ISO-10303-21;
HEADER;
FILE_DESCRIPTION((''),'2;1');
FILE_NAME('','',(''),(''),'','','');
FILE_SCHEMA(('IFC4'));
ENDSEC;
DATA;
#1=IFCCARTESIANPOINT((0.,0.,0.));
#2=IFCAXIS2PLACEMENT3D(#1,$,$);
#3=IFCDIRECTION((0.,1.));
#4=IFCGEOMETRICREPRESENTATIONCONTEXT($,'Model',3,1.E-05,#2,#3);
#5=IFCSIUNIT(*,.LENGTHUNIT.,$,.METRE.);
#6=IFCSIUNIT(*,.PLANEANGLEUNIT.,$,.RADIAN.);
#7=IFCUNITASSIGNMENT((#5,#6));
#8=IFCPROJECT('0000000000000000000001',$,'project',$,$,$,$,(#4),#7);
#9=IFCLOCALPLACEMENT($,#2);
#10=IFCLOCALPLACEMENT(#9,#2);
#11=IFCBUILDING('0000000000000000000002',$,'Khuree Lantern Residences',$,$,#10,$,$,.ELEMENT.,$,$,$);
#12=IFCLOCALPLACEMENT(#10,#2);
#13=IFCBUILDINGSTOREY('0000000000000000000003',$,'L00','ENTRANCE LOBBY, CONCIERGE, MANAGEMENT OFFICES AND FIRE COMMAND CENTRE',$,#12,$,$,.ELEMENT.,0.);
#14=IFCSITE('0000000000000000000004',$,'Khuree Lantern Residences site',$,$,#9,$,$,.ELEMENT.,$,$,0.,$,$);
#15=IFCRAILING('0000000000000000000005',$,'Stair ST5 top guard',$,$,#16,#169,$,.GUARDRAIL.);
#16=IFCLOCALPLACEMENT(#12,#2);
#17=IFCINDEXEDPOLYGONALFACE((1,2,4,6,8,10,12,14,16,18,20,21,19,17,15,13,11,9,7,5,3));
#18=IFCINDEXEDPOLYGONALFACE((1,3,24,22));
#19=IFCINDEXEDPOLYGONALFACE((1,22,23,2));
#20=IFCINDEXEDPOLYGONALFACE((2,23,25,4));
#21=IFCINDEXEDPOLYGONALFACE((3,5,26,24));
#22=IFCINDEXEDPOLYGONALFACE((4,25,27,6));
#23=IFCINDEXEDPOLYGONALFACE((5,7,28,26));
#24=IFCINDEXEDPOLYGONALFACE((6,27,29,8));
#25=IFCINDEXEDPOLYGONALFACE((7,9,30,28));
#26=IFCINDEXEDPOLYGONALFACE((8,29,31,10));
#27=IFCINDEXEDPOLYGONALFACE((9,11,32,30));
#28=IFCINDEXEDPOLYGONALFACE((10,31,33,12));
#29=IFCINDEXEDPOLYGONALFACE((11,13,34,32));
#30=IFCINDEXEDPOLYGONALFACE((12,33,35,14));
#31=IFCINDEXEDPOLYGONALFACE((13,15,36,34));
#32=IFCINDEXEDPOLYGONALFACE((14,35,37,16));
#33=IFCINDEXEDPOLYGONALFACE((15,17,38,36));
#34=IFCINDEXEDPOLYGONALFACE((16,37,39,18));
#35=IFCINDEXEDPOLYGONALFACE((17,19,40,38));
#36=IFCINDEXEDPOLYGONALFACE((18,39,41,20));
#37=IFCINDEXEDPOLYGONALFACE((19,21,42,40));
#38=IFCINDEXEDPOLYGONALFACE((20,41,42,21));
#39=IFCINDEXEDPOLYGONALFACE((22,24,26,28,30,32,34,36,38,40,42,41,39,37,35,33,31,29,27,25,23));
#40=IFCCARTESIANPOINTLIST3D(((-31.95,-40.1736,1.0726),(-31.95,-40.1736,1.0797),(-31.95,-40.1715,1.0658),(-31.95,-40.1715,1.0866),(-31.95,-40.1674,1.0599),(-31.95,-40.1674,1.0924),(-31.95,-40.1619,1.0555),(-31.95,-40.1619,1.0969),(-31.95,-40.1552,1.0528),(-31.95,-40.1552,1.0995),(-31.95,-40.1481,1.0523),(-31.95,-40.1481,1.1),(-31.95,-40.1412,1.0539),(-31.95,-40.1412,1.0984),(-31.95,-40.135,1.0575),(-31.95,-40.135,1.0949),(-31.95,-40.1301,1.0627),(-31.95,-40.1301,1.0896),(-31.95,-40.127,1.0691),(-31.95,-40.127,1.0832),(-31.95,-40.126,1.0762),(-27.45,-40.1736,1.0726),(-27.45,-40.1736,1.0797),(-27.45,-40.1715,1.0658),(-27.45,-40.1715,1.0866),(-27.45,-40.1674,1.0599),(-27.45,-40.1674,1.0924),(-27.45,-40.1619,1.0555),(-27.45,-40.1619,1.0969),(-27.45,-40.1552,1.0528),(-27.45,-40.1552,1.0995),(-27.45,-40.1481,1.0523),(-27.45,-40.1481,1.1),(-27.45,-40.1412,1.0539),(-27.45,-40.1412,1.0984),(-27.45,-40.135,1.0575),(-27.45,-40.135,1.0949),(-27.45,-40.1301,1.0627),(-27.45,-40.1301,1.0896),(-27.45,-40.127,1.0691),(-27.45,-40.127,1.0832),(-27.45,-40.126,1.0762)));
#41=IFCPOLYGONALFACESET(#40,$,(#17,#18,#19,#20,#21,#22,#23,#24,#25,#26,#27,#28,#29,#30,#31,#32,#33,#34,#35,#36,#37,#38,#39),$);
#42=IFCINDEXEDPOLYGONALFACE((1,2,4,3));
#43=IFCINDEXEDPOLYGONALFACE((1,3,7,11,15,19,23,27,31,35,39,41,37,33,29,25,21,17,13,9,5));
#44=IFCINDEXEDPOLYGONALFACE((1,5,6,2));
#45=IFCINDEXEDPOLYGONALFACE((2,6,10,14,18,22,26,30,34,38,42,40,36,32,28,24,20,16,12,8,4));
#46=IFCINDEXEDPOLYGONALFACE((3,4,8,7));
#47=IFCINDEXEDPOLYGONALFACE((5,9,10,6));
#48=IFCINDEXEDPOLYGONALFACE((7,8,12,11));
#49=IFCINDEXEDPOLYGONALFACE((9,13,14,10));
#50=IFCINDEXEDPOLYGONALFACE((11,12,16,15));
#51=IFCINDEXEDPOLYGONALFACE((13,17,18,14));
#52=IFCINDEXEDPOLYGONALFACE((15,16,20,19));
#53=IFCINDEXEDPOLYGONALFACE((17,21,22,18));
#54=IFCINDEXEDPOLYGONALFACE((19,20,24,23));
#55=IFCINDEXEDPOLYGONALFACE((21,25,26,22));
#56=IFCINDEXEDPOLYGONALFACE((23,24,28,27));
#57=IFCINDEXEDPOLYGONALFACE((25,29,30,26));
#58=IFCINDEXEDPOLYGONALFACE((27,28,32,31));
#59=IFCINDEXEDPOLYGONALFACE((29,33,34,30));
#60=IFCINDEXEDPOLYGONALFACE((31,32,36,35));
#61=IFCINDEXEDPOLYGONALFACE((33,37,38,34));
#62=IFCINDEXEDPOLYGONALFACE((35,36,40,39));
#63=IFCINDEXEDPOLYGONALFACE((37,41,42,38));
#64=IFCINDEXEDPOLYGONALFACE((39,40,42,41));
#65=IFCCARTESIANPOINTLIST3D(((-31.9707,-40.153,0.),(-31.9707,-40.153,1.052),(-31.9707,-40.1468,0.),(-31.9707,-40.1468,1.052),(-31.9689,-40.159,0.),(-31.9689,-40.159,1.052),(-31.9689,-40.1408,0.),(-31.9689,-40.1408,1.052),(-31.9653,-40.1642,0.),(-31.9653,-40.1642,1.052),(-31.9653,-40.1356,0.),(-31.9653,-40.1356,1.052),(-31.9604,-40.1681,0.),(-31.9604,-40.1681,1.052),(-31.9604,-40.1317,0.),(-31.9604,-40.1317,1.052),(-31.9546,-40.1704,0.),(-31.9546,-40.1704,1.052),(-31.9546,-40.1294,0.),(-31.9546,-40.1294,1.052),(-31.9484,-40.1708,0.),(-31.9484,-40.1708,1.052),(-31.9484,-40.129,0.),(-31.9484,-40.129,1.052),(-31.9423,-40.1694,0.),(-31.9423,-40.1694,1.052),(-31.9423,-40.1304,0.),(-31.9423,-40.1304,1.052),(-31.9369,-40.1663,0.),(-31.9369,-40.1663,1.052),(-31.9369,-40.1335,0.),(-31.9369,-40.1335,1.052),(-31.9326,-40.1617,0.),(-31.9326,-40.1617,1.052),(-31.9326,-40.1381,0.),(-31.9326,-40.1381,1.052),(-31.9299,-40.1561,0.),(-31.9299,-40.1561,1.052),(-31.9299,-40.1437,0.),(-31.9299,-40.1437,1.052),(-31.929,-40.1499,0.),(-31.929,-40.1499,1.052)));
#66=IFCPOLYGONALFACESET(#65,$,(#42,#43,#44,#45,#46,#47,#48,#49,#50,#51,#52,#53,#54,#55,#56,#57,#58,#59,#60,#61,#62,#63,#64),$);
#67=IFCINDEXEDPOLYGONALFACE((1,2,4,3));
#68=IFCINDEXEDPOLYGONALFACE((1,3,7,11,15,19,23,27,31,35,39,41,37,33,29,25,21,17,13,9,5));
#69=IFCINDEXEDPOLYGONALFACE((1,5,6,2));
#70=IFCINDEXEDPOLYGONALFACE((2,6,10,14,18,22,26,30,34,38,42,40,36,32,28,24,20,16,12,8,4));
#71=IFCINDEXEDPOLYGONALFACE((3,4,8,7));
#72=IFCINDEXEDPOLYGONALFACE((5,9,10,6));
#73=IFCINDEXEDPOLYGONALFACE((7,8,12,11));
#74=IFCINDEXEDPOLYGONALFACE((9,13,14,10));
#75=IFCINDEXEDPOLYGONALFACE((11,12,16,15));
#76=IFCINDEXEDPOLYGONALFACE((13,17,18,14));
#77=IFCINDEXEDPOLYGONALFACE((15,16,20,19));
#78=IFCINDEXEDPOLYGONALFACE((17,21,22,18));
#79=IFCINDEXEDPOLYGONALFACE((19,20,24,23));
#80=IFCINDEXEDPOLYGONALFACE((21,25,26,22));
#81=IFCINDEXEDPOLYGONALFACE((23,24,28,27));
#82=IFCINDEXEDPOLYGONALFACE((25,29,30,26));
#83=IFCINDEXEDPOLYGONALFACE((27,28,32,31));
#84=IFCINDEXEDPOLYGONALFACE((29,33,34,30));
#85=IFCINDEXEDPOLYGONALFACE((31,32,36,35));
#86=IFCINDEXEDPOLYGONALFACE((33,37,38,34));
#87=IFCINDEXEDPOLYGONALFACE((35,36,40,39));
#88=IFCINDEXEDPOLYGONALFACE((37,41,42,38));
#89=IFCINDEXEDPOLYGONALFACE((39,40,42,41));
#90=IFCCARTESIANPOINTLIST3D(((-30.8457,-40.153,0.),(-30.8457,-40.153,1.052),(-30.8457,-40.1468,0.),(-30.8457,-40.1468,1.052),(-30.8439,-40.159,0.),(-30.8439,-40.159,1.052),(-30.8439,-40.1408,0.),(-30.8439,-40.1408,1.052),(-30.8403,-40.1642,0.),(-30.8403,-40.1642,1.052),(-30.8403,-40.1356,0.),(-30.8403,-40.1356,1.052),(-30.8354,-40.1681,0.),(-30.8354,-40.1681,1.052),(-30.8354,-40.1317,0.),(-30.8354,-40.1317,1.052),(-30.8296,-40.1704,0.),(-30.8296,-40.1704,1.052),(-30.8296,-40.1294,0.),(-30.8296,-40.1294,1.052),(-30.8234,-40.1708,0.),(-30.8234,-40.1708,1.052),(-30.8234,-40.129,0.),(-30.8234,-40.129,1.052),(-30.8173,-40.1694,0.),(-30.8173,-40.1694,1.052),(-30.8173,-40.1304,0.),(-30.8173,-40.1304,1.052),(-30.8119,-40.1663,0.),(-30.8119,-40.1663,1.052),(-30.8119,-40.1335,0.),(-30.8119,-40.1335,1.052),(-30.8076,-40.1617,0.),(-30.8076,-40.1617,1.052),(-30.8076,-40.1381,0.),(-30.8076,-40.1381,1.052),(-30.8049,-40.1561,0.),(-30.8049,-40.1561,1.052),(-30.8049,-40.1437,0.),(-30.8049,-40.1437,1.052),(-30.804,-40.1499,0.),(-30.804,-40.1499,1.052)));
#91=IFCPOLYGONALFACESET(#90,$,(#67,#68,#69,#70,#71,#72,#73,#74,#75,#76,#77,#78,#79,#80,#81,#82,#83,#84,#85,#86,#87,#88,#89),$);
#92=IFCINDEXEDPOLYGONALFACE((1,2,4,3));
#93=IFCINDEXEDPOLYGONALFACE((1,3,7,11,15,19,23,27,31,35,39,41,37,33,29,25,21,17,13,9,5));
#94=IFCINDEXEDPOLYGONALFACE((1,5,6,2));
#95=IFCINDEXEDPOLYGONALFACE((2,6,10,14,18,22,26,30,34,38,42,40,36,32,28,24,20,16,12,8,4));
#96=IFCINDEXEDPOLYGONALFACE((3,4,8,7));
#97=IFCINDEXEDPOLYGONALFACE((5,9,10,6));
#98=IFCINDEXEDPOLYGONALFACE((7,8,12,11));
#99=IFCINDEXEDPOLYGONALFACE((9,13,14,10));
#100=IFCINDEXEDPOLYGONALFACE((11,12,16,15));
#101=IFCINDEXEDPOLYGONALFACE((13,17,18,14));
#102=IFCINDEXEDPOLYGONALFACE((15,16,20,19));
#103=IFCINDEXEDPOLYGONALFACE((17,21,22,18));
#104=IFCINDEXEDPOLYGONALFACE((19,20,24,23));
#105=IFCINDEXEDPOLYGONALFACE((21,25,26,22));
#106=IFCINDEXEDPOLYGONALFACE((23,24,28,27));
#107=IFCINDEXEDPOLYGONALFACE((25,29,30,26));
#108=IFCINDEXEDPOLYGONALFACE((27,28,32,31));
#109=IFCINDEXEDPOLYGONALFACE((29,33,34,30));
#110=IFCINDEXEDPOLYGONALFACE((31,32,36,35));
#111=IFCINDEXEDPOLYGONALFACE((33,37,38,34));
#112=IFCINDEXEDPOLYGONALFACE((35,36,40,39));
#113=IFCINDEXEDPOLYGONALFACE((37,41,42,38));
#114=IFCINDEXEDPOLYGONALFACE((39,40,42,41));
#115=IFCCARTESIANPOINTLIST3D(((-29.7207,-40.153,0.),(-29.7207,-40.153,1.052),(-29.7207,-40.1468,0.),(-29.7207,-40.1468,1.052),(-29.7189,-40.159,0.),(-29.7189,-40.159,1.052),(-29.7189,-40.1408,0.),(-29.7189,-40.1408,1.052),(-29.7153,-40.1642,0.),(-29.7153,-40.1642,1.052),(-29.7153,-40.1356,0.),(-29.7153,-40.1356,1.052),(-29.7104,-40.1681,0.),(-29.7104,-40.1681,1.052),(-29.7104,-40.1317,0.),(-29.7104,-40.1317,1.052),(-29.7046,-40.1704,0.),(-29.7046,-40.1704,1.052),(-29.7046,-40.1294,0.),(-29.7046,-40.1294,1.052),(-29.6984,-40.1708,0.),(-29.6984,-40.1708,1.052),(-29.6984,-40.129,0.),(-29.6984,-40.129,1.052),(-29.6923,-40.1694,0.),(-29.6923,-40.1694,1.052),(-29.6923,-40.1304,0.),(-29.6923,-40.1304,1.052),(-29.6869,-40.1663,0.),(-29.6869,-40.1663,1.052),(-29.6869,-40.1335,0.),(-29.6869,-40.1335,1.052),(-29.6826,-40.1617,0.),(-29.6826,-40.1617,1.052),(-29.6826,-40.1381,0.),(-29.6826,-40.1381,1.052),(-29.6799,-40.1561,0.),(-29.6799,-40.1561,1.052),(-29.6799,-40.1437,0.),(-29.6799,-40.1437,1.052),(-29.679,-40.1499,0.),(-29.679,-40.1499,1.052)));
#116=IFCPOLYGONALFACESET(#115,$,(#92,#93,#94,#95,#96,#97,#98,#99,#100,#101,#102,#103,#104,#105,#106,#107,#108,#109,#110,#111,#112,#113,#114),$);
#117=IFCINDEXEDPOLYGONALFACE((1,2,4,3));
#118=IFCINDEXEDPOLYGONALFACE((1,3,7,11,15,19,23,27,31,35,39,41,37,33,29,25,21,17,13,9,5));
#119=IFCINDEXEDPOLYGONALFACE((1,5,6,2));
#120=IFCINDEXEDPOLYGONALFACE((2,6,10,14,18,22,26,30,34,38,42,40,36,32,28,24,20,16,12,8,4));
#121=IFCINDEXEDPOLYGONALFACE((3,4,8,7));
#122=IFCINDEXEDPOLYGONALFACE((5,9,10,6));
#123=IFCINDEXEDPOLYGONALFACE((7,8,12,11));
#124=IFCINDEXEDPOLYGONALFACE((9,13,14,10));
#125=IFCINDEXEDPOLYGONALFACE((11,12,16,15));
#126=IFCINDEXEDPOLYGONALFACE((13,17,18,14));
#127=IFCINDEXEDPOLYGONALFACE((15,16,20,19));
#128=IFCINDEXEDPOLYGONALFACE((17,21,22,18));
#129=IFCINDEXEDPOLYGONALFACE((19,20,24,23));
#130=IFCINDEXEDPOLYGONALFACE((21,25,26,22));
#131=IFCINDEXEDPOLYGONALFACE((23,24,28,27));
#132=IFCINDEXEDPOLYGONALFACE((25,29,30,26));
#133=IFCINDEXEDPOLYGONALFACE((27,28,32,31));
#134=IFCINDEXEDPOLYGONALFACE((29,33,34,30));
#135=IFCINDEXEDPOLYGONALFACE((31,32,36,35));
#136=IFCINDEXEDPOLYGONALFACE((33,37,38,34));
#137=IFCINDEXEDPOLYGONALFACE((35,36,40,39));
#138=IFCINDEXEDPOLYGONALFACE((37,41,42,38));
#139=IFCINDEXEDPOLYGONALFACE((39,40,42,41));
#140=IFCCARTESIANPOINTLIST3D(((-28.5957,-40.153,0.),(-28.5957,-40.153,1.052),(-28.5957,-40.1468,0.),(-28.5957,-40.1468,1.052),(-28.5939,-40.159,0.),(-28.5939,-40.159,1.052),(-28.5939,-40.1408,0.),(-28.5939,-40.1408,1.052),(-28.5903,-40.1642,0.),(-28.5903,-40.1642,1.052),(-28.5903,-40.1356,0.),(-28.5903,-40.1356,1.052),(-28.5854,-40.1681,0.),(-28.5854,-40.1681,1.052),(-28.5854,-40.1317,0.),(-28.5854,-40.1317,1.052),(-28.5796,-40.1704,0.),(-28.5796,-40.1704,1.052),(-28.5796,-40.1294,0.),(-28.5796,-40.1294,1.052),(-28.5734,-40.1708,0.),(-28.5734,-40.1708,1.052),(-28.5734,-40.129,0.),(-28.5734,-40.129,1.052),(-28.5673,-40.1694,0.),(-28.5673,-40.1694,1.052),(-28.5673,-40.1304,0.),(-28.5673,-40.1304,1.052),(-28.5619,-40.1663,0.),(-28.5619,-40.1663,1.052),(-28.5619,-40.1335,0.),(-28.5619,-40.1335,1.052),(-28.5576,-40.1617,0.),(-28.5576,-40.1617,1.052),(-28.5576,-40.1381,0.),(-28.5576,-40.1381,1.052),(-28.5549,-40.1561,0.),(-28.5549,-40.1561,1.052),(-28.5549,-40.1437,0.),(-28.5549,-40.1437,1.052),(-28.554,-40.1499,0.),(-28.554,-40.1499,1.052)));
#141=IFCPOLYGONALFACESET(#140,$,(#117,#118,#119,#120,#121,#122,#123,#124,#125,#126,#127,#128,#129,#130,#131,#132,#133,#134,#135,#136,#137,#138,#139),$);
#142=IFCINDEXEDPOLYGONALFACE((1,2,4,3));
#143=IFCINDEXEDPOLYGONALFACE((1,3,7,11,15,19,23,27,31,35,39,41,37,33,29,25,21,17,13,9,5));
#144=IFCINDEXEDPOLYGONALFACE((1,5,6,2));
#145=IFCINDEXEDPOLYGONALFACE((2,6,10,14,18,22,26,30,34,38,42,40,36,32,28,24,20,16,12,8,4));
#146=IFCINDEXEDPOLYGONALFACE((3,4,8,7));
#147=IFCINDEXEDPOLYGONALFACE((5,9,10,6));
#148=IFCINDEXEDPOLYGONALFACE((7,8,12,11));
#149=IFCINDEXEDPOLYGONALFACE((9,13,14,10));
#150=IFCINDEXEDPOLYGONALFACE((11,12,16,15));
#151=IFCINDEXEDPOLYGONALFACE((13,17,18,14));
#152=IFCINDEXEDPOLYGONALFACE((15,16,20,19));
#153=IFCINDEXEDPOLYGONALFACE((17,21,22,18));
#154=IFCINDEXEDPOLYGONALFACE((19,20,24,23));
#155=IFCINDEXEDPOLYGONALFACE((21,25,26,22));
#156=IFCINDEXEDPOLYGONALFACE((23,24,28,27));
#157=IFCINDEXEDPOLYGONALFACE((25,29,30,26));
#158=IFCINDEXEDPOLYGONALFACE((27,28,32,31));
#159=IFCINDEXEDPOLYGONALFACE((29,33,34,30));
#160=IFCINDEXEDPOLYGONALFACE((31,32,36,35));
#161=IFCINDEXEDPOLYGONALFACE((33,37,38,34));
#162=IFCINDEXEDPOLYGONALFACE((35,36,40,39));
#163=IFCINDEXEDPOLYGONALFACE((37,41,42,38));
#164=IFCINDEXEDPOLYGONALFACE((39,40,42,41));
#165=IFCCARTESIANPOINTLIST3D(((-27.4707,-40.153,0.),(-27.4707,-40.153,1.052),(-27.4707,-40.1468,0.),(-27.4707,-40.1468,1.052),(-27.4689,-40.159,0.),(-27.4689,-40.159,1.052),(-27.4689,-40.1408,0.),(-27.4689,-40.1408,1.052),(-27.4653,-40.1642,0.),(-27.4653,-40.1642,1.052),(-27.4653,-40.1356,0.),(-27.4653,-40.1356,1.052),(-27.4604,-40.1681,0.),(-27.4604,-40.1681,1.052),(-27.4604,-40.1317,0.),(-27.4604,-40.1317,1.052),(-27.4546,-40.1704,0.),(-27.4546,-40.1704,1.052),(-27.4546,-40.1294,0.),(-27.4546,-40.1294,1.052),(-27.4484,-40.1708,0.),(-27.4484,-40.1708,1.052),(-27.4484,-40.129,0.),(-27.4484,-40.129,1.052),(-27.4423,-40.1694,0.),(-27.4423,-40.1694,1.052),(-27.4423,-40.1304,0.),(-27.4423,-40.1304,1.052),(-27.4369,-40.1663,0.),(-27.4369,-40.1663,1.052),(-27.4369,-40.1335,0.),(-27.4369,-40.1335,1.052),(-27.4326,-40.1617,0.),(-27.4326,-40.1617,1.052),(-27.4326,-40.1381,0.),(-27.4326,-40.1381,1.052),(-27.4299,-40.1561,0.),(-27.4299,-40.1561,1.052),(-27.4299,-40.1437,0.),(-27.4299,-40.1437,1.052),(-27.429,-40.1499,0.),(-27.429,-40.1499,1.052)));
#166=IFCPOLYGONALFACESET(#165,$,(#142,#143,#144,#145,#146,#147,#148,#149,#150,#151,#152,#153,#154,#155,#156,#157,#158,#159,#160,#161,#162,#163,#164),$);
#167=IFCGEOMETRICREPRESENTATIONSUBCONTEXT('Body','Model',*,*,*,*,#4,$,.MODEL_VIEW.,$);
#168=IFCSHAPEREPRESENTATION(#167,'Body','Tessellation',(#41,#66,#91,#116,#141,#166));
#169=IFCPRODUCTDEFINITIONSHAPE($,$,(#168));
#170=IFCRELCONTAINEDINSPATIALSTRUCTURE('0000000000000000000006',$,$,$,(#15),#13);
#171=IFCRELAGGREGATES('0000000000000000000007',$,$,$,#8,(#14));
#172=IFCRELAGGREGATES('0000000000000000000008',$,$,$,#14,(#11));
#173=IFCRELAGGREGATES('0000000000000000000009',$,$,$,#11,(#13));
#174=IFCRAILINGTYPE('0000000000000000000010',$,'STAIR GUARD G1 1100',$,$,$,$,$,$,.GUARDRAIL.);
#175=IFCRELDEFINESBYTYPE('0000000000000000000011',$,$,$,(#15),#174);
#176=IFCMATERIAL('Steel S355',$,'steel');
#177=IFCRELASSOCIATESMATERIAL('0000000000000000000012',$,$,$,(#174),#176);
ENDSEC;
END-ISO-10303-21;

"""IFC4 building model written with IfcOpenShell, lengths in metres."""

from ifc_helpers import new_model, si_unit, direction, frame, origin, origin_2d, place, context, subcontext, project, spatial, circle, extrude, material, type_object, element, save


model = new_model("IFC4")

# Units and contexts
model_context = context("Model", 3, precision=1e-05, world=origin(), true_north=direction((0.0, 1.0)))
body_context = subcontext(model_context, "Body", "Model", "MODEL_VIEW")
ifc_project = project(units=[si_unit("LENGTHUNIT", "METRE"), si_unit("PLANEANGLEUNIT", "RADIAN")], contexts=[model_context])

# Site, building, storey
site_placement = place(None, origin())
site = spatial("IfcSite", under=ifc_project, at=site_placement, Name="Khuree Lantern Residences site", CompositionType="ELEMENT", RefElevation=0.0)
building_placement = place(site_placement, origin())
building = spatial("IfcBuilding", under=site, at=building_placement, Name="Khuree Lantern Residences", CompositionType="ELEMENT")
storey_placement = place(building_placement, origin())
storey = spatial("IfcBuildingStorey", under=building, at=storey_placement, Name="L00", Description="ENTRANCE LOBBY, CONCIERGE, MANAGEMENT OFFICES AND FIRE COMMAND CENTRE", CompositionType="ELEMENT", Elevation=0.0)

# Railing
ifc_material_1 = material(Name="Steel S355", Category="steel")
railing_type = type_object("IfcRailingType", Name="STAIR GUARD G1 1100", PredefinedType="GUARDRAIL", material=ifc_material_1)
railing_placement = place(storey_placement, frame((-31.95, -40.1499, 0.0)))
element("IfcRailing", 1, at=railing_placement, inside=storey, type_object=railing_type, Name="Stair ST5 top guard", PredefinedType="GUARDRAIL", context=body_context, shape_type="SweptSolid", body=[
    extrude(circle(Radius=0.0239, at=origin_2d()), frame((0.0, 0.0, 1.0762), z_axis=(1.0, 0.0, 0.0), x_axis=(0.0, 1.0, 0.0)), (0.0, 0.0, 1.0), 4.5),
    extrude(circle(Radius=0.021, at=origin_2d()), origin(), (0.0, 0.0, 1.0), 1.052),
    extrude(circle(Radius=0.021, at=origin_2d()), frame((1.125, 0.0, 0.0)), (0.0, 0.0, 1.0), 1.052),
    extrude(circle(Radius=0.021, at=origin_2d()), frame((2.25, 0.0, 0.0)), (0.0, 0.0, 1.0), 1.052),
    extrude(circle(Radius=0.021, at=origin_2d()), frame((3.375, 0.0, 0.0)), (0.0, 0.0, 1.0), 1.052),
    extrude(circle(Radius=0.021, at=origin_2d()), frame((4.5, 0.0, 0.0)), (0.0, 0.0, 1.0), 1.052),
])

save(model, "model.ifc")
